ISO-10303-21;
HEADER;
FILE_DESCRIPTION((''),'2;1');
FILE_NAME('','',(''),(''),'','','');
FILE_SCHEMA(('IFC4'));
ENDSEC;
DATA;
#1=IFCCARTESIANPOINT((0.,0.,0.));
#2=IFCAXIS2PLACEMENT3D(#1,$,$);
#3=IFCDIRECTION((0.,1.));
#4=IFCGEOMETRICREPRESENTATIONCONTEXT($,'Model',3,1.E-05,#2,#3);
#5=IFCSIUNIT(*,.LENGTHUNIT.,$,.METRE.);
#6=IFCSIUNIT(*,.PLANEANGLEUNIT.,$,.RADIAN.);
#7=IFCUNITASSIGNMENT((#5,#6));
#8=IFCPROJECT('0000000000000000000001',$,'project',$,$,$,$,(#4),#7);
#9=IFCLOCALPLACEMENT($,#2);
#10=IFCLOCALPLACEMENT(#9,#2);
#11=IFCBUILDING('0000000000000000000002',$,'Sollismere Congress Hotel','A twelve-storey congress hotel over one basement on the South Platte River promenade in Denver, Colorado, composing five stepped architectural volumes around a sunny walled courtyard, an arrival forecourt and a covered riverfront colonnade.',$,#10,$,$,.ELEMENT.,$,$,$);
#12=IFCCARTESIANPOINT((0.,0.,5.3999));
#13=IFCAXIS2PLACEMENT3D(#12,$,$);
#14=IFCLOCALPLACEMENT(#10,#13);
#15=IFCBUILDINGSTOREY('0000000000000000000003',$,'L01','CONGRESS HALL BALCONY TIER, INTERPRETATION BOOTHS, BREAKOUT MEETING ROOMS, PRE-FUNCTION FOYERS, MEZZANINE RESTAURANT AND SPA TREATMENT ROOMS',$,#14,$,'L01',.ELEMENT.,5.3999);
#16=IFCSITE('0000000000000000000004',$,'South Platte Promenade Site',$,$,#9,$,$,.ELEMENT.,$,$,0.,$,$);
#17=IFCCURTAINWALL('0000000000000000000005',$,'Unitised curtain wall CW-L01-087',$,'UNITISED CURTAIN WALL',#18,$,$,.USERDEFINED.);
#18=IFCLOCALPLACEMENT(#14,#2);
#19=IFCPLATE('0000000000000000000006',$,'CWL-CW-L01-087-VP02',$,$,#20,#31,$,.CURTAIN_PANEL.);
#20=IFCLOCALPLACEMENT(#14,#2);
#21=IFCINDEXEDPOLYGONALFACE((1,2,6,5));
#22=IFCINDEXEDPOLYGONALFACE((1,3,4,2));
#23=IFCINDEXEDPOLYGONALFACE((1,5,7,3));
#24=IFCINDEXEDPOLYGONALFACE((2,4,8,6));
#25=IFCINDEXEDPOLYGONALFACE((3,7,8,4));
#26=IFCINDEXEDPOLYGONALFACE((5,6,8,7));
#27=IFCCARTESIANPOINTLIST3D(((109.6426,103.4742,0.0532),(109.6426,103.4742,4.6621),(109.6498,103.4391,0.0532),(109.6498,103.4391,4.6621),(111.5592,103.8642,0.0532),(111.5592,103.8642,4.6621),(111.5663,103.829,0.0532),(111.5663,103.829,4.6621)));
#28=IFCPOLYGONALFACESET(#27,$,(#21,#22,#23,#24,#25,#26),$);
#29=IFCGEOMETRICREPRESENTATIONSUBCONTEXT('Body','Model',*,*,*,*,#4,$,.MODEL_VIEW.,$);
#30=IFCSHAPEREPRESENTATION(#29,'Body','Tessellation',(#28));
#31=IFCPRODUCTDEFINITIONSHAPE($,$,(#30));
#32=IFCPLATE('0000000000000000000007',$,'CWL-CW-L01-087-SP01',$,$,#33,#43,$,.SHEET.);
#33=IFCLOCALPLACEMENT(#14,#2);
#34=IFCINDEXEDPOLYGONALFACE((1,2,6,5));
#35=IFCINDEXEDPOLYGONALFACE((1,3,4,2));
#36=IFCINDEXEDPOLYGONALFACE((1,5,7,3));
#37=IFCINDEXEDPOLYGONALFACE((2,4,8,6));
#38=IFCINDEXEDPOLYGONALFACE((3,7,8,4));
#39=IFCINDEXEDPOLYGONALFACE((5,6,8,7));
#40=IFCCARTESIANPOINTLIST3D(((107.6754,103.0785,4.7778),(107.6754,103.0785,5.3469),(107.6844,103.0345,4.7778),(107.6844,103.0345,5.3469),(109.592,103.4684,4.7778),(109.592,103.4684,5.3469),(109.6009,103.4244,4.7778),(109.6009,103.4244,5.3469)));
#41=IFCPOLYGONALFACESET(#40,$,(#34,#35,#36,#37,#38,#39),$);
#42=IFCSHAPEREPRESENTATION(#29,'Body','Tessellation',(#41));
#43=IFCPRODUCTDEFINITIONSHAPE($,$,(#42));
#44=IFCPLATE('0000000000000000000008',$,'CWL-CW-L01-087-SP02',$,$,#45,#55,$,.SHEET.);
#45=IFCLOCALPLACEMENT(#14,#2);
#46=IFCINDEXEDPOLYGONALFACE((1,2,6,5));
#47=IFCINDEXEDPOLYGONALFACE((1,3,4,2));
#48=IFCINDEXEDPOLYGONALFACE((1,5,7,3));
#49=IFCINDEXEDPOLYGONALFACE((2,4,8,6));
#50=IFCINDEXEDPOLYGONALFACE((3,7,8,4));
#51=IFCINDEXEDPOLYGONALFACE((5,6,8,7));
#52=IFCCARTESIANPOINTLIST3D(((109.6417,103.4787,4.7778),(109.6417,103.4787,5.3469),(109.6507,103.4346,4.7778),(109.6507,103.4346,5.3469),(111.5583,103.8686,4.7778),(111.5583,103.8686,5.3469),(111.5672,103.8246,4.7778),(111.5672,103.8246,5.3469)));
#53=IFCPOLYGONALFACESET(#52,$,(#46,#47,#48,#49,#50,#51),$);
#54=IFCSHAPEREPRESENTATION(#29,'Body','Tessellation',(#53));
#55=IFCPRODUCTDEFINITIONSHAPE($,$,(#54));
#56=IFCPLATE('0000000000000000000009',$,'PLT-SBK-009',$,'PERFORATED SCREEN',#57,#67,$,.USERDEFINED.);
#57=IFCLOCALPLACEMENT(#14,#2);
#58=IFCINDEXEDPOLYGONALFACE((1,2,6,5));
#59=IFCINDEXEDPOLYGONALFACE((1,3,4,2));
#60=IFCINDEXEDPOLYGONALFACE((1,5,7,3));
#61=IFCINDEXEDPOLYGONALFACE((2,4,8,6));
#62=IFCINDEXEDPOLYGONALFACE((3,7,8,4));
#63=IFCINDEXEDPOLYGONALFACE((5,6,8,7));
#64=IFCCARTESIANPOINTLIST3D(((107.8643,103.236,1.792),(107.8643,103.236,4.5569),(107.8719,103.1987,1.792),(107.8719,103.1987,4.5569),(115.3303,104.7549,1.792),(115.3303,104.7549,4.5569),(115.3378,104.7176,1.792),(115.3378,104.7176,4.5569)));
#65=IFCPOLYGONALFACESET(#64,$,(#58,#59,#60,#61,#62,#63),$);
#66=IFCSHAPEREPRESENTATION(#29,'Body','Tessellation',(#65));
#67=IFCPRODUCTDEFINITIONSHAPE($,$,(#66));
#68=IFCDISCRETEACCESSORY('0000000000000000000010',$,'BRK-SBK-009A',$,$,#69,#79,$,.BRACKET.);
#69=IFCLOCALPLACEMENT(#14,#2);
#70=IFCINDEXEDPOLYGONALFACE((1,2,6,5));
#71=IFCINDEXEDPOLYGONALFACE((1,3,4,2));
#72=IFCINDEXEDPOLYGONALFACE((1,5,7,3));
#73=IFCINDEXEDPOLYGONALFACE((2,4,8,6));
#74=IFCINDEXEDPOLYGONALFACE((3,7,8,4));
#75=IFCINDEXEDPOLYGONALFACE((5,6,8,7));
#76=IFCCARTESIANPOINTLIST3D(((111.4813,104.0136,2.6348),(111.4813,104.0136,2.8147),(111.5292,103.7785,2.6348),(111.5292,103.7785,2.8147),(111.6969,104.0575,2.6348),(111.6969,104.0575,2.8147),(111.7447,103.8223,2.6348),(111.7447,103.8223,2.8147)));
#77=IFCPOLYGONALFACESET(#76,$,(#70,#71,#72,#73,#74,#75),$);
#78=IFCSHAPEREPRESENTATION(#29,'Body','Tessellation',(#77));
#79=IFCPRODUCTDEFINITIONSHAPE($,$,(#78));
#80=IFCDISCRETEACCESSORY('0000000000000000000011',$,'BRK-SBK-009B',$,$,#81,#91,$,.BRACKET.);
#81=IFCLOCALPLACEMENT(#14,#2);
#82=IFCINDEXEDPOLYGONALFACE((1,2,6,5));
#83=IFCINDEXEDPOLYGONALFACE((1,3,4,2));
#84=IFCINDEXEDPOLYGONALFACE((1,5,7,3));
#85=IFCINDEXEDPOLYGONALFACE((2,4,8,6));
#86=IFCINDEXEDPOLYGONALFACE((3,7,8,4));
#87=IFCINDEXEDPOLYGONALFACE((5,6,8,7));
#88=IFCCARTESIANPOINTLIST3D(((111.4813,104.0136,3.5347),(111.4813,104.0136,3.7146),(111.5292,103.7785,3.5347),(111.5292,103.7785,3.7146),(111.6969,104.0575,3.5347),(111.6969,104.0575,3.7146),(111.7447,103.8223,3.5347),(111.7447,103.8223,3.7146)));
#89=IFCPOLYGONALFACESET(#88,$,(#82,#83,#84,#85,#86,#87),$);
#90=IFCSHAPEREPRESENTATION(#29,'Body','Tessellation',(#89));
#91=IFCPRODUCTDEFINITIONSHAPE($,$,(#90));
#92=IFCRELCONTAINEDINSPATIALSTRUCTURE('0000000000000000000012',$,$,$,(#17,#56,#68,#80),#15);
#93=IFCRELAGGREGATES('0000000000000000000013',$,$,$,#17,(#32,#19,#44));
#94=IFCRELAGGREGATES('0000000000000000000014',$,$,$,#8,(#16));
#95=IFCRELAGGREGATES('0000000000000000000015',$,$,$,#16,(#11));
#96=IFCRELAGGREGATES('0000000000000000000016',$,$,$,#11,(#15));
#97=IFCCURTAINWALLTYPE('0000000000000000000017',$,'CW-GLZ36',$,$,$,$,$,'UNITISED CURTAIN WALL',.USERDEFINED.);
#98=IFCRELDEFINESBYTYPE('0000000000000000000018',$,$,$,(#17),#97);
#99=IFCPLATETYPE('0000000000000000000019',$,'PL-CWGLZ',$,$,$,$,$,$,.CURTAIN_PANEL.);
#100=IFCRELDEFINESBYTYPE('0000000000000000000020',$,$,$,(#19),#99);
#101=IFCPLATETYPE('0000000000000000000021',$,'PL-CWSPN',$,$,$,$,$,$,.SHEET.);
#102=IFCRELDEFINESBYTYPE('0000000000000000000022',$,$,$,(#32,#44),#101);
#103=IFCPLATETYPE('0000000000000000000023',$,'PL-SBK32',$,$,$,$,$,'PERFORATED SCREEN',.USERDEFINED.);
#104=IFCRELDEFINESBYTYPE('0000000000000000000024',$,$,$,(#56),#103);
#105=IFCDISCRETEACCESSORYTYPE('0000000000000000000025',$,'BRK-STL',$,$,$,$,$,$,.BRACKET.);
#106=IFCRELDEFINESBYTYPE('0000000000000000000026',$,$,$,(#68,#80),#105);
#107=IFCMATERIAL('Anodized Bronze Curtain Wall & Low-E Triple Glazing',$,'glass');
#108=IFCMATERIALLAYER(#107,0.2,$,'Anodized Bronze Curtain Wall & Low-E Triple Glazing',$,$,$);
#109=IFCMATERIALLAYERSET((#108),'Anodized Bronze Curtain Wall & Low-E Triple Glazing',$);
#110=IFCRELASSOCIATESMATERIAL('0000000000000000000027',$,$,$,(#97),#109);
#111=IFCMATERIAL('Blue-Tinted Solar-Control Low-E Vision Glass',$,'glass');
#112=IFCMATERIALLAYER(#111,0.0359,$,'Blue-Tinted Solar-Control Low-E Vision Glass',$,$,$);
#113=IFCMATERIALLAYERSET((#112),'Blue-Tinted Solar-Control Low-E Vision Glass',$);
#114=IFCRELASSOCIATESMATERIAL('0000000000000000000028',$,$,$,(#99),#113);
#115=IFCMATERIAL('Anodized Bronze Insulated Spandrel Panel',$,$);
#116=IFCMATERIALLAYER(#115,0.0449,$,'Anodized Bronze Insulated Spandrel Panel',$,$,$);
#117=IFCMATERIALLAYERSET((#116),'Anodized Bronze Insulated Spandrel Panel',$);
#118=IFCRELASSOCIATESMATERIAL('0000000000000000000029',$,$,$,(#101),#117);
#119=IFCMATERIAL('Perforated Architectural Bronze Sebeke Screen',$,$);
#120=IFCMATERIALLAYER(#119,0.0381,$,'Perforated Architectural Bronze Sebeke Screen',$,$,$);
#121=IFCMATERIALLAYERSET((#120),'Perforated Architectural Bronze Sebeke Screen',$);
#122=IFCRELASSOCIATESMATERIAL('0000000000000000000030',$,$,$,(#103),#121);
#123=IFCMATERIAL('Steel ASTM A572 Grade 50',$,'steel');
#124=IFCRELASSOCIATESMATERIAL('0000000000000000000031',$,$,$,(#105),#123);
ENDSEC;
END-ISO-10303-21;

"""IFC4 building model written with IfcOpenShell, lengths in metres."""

from ifc_helpers import new_model, si_unit, direction, frame, origin, origin_2d, place, context, subcontext, project, spatial, rectangle, extrude, material, layer, layer_set, type_object, element, aggregate, save


model = new_model("IFC4")

# Units and contexts
model_context = context("Model", 3, precision=1e-05, world=origin(), true_north=direction((0.0, 1.0)))
body_context = subcontext(model_context, "Body", "Model", "MODEL_VIEW")
ifc_project = project(units=[si_unit("LENGTHUNIT", "METRE"), si_unit("PLANEANGLEUNIT", "RADIAN")], contexts=[model_context])

# Site, building, storey
site_placement = place(None, origin())
site = spatial("IfcSite", under=ifc_project, at=site_placement, Name="South Platte Promenade Site", CompositionType="ELEMENT", RefElevation=0.0)
building_placement = place(site_placement, origin())
building = spatial("IfcBuilding", under=site, at=building_placement, Name="Sollismere Congress Hotel", Description="A twelve-storey congress hotel over one basement on the South Platte River promenade in Denver, Colorado, composing five stepped architectural volumes around a sunny walled courtyard, an arrival forecourt and a covered riverfront colonnade.", CompositionType="ELEMENT")
storey_placement = place(building_placement, frame((0.0, 0.0, 5.3999)))
storey = spatial("IfcBuildingStorey", under=building, at=storey_placement, Name="L01", Description="CONGRESS HALL BALCONY TIER, INTERPRETATION BOOTHS, BREAKOUT MEETING ROOMS, PRE-FUNCTION FOYERS, MEZZANINE RESTAURANT AND SPA TREATMENT ROOMS", LongName="L01", CompositionType="ELEMENT", Elevation=5.3999)

# Curtain wall
ifc_material_1 = material(Name="Anodized Bronze Curtain Wall & Low-E Triple Glazing", Category="glass")
ifc_layer_1 = layer(ifc_material_1, 0.2, Name="Anodized Bronze Curtain Wall & Low-E Triple Glazing")
ifc_layer_set_1 = layer_set([ifc_layer_1], Name="Anodized Bronze Curtain Wall & Low-E Triple Glazing")
curtain_wall_type = type_object("IfcCurtainWallType", Name="CW-GLZ36", ElementType="UNITISED CURTAIN WALL", PredefinedType="USERDEFINED", material=ifc_layer_set_1)
curtain_wall_1_placement = place(storey_placement, origin())
curtain_wall_1 = element("IfcCurtainWall", 1, at=curtain_wall_1_placement, inside=storey, type_object=curtain_wall_type, Name="Unitised curtain wall CW-L01-087", ObjectType="UNITISED CURTAIN WALL", PredefinedType="USERDEFINED")

# Plates
ifc_material_2 = material(Name="Blue-Tinted Solar-Control Low-E Vision Glass", Category="glass")
ifc_layer_2 = layer(ifc_material_2, 0.0359, Name="Blue-Tinted Solar-Control Low-E Vision Glass")
ifc_layer_set_2 = layer_set([ifc_layer_2], Name="Blue-Tinted Solar-Control Low-E Vision Glass")
plate_type_1 = type_object("IfcPlateType", Name="PL-CWGLZ", PredefinedType="CURTAIN_PANEL", material=ifc_layer_set_2)
plate_1_placement = place(storey_placement, frame((110.6045, 103.6516, 0.0532), z_axis=(0.0, 0.0, 1.0), x_axis=(0.979925, 0.199368, 0.0)))
plate_1 = element("IfcPlate", 2, at=plate_1_placement, type_object=plate_type_1, Name="CWL-CW-L01-087-VP02", PredefinedType="CURTAIN_PANEL", context=body_context, shape_type="SweptSolid", body=[
    extrude(rectangle(XDim=1.9558, YDim=0.0359, at=origin_2d()), origin(), (0.0, 0.0, 1.0), 4.6089),
])
ifc_material_3 = material(Name="Anodized Bronze Insulated Spandrel Panel")
ifc_layer_3 = layer(ifc_material_3, 0.0449, Name="Anodized Bronze Insulated Spandrel Panel")
ifc_layer_set_3 = layer_set([ifc_layer_3], Name="Anodized Bronze Insulated Spandrel Panel")
plate_type_2 = type_object("IfcPlateType", Name="PL-CWSPN", PredefinedType="SHEET", material=ifc_layer_set_3)
plate_2_placement = place(storey_placement, frame((108.6382, 103.2515, 4.7778), z_axis=(0.0, 0.0, 1.0), x_axis=(0.979925, 0.199368, 0.0)))
plate_2 = element("IfcPlate", 3, at=plate_2_placement, type_object=plate_type_2, Name="CWL-CW-L01-087-SP01", PredefinedType="SHEET", context=body_context, shape_type="SweptSolid", body=[
    extrude(rectangle(XDim=1.9558, YDim=0.0449, at=origin_2d()), origin(), (0.0, 0.0, 1.0), 0.5691),
])
plate_3_placement = place(storey_placement, frame((110.6045, 103.6516, 4.7778), z_axis=(0.0, 0.0, 1.0), x_axis=(0.979925, 0.199368, 0.0)))
plate_3 = element("IfcPlate", 4, at=plate_3_placement, type_object=plate_type_2, Name="CWL-CW-L01-087-SP02", PredefinedType="SHEET", context=body_context, shape_type="SweptSolid", body=[
    extrude(rectangle(XDim=1.9558, YDim=0.0449, at=origin_2d()), origin(), (0.0, 0.0, 1.0), 0.5691),
])
aggregate(curtain_wall_1, [plate_2, plate_1, plate_3])
ifc_material_4 = material(Name="Perforated Architectural Bronze Sebeke Screen")
ifc_layer_4 = layer(ifc_material_4, 0.0381, Name="Perforated Architectural Bronze Sebeke Screen")
ifc_layer_set_4 = layer_set([ifc_layer_4], Name="Perforated Architectural Bronze Sebeke Screen")
plate_type_3 = type_object("IfcPlateType", Name="PL-SBK32", ElementType="PERFORATED SCREEN", PredefinedType="USERDEFINED", material=ifc_layer_set_4)
plate_4_placement = place(storey_placement, frame((111.6011, 103.9768, 1.792), z_axis=(0.0, 0.0, 1.0), x_axis=(0.979925, 0.199368, 0.0)))
element("IfcPlate", 5, at=plate_4_placement, inside=storey, type_object=plate_type_3, Name="PLT-SBK-009", ObjectType="PERFORATED SCREEN", PredefinedType="USERDEFINED", context=body_context, shape_type="SweptSolid", body=[
    extrude(rectangle(XDim=7.6189, YDim=0.0381, at=origin_2d()), origin(), (0.0, 0.0, 1.0), 2.7649),
])

# Discrete accessories
ifc_material_5 = material(Name="Steel ASTM A572 Grade 50", Category="steel")
discrete_accessory_type = type_object("IfcDiscreteAccessoryType", Name="BRK-STL", PredefinedType="BRACKET", material=ifc_material_5)
for number, where, z_axis, x_axis, name in (
    (6, (111.613, 103.918, 2.6348), (0.0, 0.0, 1.0), (0.979925, 0.199368, 0.0), "BRK-SBK-009A"),
    (7, (111.613, 103.918, 3.5347), (0.0, 0.0, 1.0), (0.979925, 0.199368, 0.0), "BRK-SBK-009B"),
):
    element("IfcDiscreteAccessory", number, at=place(storey_placement, frame(where, z_axis=z_axis, x_axis=x_axis)), inside=storey, type_object=discrete_accessory_type, Name=name, PredefinedType="BRACKET", context=body_context, shape_type="SweptSolid", body=[
        extrude(rectangle(XDim=0.22, YDim=0.24, at=origin_2d()), origin(), (0.0, 0.0, 1.0), 0.1799),
    ])

save(model, "model.ifc")
